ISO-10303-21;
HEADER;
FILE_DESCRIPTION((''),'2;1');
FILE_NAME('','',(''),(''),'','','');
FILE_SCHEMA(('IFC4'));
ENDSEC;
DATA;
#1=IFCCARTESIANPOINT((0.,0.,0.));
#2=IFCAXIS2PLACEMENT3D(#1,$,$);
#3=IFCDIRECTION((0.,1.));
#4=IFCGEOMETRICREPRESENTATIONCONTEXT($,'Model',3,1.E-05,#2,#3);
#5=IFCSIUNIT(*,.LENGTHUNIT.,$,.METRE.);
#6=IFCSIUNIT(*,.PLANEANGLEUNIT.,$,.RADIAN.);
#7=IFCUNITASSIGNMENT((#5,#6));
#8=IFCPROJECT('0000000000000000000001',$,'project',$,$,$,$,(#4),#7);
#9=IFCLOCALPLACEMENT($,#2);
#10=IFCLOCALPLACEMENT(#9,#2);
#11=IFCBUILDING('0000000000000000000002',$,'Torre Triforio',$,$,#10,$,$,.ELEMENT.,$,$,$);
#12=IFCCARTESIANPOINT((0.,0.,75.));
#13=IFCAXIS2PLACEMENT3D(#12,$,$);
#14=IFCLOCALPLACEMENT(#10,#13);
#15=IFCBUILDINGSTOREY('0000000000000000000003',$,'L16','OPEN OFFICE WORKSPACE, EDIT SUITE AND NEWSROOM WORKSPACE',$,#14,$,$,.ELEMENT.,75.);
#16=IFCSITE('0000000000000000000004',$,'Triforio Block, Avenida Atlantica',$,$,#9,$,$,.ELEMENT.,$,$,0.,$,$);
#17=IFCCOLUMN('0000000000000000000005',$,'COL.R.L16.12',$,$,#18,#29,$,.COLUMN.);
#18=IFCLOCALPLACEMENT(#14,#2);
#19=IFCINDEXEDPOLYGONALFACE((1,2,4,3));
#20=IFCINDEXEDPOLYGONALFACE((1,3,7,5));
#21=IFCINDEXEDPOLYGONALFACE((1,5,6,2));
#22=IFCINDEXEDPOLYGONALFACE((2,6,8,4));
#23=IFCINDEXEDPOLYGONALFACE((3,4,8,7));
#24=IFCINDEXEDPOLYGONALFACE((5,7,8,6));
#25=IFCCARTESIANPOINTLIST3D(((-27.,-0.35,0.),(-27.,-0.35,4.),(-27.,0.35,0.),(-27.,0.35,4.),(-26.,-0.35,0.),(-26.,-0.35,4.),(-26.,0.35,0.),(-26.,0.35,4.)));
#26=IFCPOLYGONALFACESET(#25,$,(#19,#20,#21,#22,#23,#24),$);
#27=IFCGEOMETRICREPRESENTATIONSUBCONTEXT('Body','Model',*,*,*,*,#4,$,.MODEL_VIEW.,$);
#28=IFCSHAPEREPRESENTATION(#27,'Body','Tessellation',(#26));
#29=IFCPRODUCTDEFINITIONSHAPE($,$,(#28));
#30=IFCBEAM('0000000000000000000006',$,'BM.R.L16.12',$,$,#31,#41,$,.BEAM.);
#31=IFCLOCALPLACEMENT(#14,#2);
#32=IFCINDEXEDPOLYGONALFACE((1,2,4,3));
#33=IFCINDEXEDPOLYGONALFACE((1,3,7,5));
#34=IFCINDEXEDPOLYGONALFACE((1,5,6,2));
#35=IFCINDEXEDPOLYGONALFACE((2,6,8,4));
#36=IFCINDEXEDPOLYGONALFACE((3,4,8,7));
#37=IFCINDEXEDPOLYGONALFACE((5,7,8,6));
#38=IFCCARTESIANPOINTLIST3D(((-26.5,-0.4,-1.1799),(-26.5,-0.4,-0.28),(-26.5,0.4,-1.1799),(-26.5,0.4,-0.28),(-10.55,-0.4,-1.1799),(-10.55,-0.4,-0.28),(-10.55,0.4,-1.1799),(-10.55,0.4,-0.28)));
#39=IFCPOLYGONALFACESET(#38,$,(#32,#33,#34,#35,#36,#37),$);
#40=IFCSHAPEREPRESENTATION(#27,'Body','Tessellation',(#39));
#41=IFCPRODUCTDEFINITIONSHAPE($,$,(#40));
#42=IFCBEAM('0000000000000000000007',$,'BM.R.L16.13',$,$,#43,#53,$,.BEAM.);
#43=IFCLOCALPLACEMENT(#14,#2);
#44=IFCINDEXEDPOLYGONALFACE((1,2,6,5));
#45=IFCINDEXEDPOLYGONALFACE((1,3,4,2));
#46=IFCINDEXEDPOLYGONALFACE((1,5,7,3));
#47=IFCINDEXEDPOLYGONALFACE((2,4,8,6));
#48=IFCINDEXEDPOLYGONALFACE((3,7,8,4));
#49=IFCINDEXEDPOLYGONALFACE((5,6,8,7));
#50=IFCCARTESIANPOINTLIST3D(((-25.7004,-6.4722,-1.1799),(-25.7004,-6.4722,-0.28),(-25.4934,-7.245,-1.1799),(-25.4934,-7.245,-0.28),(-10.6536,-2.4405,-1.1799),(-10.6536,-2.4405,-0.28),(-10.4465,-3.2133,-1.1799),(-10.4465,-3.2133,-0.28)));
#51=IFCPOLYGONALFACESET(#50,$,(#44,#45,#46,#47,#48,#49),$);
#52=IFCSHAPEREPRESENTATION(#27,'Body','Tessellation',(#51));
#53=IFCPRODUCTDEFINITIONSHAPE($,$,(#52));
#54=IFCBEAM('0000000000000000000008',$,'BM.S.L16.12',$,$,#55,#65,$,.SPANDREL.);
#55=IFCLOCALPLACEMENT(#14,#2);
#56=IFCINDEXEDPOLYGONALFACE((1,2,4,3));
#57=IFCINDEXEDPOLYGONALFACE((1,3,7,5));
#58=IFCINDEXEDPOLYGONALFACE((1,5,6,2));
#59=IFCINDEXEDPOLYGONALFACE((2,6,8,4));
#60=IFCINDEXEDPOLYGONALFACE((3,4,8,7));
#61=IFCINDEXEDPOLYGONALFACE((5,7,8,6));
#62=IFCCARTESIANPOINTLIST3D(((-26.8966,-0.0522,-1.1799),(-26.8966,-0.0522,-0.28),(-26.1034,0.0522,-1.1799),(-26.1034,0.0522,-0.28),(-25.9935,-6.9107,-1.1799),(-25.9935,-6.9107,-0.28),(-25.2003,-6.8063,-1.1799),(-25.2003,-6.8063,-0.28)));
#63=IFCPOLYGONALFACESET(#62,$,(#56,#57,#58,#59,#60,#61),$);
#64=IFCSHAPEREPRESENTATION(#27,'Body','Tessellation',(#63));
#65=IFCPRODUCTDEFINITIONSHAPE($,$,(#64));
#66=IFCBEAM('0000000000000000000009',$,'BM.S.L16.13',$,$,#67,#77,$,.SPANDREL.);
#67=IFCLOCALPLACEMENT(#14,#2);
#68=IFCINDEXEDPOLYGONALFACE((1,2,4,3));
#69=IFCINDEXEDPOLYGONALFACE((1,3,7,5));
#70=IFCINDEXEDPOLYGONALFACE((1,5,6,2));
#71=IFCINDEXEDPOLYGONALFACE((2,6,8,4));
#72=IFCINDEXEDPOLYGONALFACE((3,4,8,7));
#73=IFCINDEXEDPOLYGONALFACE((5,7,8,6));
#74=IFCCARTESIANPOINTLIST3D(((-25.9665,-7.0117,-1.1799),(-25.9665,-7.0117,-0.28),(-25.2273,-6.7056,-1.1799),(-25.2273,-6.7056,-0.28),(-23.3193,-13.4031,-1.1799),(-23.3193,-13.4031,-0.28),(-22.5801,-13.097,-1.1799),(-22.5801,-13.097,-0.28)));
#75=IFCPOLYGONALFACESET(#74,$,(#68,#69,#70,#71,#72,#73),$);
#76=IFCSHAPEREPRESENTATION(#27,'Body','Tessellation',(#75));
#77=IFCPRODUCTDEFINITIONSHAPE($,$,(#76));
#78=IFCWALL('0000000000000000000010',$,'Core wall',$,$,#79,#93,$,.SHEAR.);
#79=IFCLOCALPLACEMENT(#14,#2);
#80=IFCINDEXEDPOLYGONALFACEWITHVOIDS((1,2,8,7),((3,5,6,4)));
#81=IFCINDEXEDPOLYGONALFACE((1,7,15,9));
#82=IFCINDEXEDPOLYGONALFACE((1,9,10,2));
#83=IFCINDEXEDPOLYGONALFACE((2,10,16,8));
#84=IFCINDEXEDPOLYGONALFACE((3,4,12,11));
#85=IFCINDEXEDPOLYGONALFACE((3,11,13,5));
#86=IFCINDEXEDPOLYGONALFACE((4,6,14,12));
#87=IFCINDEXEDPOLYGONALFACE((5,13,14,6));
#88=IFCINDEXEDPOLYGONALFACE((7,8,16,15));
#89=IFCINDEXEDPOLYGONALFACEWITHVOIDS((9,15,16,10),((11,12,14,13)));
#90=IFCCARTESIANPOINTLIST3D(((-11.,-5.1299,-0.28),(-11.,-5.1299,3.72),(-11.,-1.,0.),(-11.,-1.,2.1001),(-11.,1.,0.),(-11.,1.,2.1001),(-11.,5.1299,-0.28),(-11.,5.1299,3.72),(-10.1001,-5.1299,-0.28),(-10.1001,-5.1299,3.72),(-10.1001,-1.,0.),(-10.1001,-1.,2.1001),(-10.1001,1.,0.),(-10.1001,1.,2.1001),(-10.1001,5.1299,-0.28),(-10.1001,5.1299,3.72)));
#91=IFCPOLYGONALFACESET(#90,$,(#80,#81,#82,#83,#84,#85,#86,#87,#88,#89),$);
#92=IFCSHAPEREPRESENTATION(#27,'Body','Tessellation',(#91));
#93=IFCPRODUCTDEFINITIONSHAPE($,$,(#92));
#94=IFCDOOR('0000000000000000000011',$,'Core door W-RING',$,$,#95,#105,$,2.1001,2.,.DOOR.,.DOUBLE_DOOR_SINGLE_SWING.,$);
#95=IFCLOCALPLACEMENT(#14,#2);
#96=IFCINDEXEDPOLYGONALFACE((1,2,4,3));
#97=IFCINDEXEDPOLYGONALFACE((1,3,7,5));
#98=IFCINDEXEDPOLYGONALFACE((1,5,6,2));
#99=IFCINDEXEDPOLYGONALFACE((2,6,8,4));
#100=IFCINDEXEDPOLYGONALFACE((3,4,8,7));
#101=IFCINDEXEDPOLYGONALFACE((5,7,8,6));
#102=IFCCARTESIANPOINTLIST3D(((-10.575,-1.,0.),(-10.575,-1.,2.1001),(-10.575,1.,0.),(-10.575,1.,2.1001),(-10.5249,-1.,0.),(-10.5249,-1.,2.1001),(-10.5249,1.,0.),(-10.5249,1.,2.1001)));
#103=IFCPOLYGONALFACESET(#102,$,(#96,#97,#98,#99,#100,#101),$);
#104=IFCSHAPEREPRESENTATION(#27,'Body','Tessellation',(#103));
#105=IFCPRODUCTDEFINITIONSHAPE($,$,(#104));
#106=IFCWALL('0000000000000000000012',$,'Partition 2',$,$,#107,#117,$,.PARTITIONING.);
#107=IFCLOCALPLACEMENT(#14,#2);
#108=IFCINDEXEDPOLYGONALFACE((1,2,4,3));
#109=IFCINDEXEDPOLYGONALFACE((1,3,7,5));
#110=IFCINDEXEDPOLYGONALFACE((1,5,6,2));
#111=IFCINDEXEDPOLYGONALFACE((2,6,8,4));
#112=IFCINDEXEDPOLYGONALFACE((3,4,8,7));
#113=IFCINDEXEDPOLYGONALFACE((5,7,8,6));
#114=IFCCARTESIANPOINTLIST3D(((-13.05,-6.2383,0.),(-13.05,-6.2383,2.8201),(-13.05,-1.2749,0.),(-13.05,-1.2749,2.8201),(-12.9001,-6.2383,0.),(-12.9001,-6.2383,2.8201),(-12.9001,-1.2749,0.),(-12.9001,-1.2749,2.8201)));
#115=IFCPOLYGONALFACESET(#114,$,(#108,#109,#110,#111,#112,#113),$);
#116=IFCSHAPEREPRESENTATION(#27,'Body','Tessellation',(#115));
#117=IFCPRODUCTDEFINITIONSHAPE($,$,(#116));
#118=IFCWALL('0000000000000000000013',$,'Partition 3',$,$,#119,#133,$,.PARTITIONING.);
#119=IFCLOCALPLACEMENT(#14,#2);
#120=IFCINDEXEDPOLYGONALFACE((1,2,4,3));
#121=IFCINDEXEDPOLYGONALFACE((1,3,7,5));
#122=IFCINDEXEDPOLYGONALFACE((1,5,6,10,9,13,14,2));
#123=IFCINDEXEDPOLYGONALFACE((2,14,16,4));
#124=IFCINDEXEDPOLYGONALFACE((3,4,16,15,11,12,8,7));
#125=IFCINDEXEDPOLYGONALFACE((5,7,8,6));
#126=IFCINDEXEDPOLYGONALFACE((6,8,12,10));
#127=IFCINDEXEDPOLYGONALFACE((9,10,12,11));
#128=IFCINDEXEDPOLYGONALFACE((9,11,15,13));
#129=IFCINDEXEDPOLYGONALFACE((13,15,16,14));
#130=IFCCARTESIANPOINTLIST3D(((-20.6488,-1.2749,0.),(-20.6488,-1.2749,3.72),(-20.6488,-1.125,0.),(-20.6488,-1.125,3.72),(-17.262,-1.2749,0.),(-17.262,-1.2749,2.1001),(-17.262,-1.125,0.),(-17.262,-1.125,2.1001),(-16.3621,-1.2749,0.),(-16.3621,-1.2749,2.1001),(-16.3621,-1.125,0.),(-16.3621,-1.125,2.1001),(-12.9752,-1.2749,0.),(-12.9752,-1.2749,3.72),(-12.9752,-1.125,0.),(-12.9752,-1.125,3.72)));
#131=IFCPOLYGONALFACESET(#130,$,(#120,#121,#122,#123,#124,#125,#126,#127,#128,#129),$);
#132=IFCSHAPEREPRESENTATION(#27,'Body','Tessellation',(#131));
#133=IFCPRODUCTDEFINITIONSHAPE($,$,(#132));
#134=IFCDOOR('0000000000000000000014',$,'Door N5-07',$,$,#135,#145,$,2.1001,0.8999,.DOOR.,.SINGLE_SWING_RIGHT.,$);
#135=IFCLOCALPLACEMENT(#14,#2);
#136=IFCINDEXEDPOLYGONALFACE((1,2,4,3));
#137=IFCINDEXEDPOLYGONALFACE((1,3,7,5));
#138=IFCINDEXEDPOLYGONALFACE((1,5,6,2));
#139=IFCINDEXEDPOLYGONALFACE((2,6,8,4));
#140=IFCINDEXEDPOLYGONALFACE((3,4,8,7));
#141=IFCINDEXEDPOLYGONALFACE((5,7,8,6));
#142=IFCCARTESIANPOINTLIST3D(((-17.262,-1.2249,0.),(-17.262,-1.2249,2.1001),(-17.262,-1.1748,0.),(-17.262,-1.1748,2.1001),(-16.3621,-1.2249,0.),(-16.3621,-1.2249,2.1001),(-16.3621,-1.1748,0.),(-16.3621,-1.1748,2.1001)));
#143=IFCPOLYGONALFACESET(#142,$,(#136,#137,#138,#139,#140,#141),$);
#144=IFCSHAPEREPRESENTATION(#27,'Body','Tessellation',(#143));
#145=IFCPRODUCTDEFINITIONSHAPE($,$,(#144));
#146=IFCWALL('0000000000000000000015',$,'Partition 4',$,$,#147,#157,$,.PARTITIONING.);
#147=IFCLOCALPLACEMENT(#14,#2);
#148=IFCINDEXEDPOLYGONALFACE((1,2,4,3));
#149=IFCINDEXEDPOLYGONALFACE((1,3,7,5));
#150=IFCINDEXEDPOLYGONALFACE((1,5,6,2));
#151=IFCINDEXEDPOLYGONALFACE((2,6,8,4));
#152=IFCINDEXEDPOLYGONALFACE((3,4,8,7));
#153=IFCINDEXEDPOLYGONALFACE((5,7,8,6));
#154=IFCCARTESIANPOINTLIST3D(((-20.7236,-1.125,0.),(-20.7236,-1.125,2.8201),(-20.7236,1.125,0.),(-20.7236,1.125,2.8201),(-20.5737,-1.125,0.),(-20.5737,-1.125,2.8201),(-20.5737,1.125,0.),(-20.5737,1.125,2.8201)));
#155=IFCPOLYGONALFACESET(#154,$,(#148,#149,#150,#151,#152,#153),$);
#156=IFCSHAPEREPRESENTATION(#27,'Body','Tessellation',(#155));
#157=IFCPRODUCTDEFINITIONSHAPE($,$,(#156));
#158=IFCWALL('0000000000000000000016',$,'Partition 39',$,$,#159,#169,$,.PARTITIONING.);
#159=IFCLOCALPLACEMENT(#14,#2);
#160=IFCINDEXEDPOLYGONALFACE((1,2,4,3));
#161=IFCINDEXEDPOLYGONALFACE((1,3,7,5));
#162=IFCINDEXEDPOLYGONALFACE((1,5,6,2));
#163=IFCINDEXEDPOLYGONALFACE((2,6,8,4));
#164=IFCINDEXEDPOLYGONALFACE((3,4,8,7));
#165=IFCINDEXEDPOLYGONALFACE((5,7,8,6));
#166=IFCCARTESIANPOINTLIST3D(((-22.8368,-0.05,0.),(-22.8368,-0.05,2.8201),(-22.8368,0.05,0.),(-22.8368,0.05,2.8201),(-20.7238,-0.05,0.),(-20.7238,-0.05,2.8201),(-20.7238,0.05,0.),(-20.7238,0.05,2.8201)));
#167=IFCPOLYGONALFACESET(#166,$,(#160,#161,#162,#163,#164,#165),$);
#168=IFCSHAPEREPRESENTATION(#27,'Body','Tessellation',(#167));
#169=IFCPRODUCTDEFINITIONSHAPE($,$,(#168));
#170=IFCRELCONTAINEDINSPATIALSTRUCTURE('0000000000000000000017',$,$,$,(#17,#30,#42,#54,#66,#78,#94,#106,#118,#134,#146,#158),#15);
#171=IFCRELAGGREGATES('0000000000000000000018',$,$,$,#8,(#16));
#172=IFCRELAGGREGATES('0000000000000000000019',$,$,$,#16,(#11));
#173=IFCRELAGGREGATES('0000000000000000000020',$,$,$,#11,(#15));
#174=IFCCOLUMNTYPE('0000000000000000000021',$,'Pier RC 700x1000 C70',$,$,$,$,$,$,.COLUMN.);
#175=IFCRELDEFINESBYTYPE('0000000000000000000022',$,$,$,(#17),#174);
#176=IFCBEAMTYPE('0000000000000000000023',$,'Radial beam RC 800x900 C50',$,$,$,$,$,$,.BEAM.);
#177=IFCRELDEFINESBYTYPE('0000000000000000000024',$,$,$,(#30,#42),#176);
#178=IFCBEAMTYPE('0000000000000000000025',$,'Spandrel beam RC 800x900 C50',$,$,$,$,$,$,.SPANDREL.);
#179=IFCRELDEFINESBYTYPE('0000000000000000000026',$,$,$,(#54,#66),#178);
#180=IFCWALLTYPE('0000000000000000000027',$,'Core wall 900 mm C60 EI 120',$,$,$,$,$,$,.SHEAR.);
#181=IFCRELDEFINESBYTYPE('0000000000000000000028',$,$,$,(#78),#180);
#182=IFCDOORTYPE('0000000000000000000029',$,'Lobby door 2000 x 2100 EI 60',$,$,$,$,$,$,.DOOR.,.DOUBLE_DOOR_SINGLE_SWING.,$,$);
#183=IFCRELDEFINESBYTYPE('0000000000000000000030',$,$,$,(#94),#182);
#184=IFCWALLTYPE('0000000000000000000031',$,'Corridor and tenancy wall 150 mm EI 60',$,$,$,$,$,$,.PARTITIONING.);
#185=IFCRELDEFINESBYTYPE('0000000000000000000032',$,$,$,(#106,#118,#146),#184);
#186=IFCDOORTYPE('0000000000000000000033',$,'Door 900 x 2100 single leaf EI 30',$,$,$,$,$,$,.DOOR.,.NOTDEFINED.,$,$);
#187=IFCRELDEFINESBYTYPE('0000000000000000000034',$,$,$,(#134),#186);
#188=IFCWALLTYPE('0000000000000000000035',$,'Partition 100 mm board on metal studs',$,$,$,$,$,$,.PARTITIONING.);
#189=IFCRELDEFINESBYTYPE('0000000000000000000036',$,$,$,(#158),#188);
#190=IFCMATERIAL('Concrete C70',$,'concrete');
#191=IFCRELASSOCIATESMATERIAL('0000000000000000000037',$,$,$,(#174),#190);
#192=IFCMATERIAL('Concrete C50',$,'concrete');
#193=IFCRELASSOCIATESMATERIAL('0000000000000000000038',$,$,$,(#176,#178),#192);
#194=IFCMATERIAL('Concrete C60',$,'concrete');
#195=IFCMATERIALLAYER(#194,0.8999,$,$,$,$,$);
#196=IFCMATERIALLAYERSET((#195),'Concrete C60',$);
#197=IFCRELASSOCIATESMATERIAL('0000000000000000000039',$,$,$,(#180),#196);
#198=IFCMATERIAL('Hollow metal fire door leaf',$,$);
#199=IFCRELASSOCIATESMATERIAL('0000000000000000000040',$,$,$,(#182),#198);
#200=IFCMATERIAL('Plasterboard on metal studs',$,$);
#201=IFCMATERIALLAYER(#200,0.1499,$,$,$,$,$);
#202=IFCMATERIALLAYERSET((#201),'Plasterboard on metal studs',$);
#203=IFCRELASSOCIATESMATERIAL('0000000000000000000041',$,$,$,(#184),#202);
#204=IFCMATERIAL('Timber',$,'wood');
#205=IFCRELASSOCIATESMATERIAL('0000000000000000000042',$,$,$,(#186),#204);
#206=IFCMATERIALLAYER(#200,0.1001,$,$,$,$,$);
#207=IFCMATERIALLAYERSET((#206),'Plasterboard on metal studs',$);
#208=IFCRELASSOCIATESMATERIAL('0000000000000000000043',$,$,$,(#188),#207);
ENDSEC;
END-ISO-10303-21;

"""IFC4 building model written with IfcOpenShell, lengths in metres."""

from ifc_helpers import new_model, si_unit, direction, frame, frame_2d, origin, origin_2d, place, context, subcontext, project, spatial, rectangle, extrude, material, layer, layer_set, material_profile, profile_set, type_object, element, fill, save


model = new_model("IFC4")

# Units and contexts
model_context = context("Model", 3, precision=1e-05, world=origin(), true_north=direction((0.0, 1.0)))
body_context = subcontext(model_context, "Body", "Model", "MODEL_VIEW")
ifc_project = project(units=[si_unit("LENGTHUNIT", "METRE"), si_unit("PLANEANGLEUNIT", "RADIAN")], contexts=[model_context])

# Site, building, storey
site_placement = place(None, origin())
site = spatial("IfcSite", under=ifc_project, at=site_placement, Name="Triforio Block, Avenida Atlantica", CompositionType="ELEMENT", RefElevation=0.0)
building_placement = place(site_placement, origin())
building = spatial("IfcBuilding", under=site, at=building_placement, Name="Torre Triforio", CompositionType="ELEMENT")
storey_placement = place(building_placement, frame((0.0, 0.0, 75.0)))
storey = spatial("IfcBuildingStorey", under=building, at=storey_placement, Name="L16", Description="OPEN OFFICE WORKSPACE, EDIT SUITE AND NEWSROOM WORKSPACE", CompositionType="ELEMENT", Elevation=75.0)

# Column
ifc_material_1 = material(Name="Concrete C70", Category="concrete")
ifc_material_profile_1 = material_profile(ifc_material_1, rectangle(XDim=0.7, YDim=1.0, at=origin_2d()), Name="RC 700x1000")
ifc_profile_set_1 = profile_set([ifc_material_profile_1], Name="Concrete C70")
column_type = type_object("IfcColumnType", Name="Pier RC 700x1000 C70", PredefinedType="COLUMN", material=ifc_profile_set_1)
column_placement = place(storey_placement, frame((-26.5, 0.0, 0.0), z_axis=(0.0, 0.0, 1.0), x_axis=(0.0, -1.0, 0.0)))
element("IfcColumn", 1, at=column_placement, inside=storey, type_object=column_type, Name="COL.R.L16.12", PredefinedType="COLUMN", context=body_context, shape_type="SweptSolid", body=[
    extrude(rectangle(XDim=0.7, YDim=1.0, at=origin_2d()), origin(), (0.0, 0.0, 1.0), 4.0),
])

# Beams
ifc_material_2 = material(Name="Concrete C50", Category="concrete")
ifc_material_profile_2 = material_profile(ifc_material_2, rectangle(XDim=0.8, YDim=0.8999, at=origin_2d()), Name="RC 800x900")
ifc_profile_set_2 = profile_set([ifc_material_profile_2], Name="Concrete C50")
beam_type_1 = type_object("IfcBeamType", Name="Radial beam RC 800x900 C50", PredefinedType="BEAM", material=ifc_profile_set_2)
beam_1_placement = place(storey_placement, frame((-10.55, 0.0, -0.73), z_axis=(-1.0, 0.0, 0.0), x_axis=(0.0, -1.0, 0.0)))
element("IfcBeam", 2, at=beam_1_placement, inside=storey, type_object=beam_type_1, Name="BM.R.L16.12", PredefinedType="BEAM", context=body_context, shape_type="SweptSolid", body=[
    extrude(rectangle(XDim=0.8, YDim=0.8999, at=origin_2d()), origin(), (0.0, 0.0, 1.0), 15.95),
])
beam_2_placement = place(storey_placement, frame((-10.55, -2.8269, -0.73), z_axis=(-0.965927, -0.258815, 0.0), x_axis=(0.258815, -0.965927, 0.0)))
element("IfcBeam", 3, at=beam_2_placement, inside=storey, type_object=beam_type_1, Name="BM.R.L16.13", PredefinedType="BEAM", context=body_context, shape_type="SweptSolid", body=[
    extrude(rectangle(XDim=0.8, YDim=0.8999, at=origin_2d()), origin(), (0.0, 0.0, 1.0), 15.5776),
])
ifc_material_profile_3 = material_profile(ifc_material_2, rectangle(XDim=0.8, YDim=0.8999, at=origin_2d()), Name="RC 800x900")
ifc_profile_set_3 = profile_set([ifc_material_profile_3], Name="Concrete C50")
beam_type_2 = type_object("IfcBeamType", Name="Spandrel beam RC 800x900 C50", PredefinedType="SPANDREL", material=ifc_profile_set_3)
beam_3_placement = place(storey_placement, frame((-26.5, 0.0, -0.73), z_axis=(0.130543, -0.991443, 0.0), x_axis=(0.991443, 0.130543, 0.0)))
element("IfcBeam", 4, at=beam_3_placement, inside=storey, type_object=beam_type_2, Name="BM.S.L16.12", PredefinedType="SPANDREL", context=body_context, shape_type="SweptSolid", body=[
    extrude(rectangle(XDim=0.8, YDim=0.8999, at=origin_2d()), origin(), (0.0, 0.0, 1.0), 6.9177),
])
beam_4_placement = place(storey_placement, frame((-25.5969, -6.8586, -0.73), z_axis=(0.382662, -0.923888, 0.0), x_axis=(0.923888, 0.382662, 0.0)))
element("IfcBeam", 5, at=beam_4_placement, inside=storey, type_object=beam_type_2, Name="BM.S.L16.13", PredefinedType="SPANDREL", context=body_context, shape_type="SweptSolid", body=[
    extrude(rectangle(XDim=0.8, YDim=0.8999, at=origin_2d()), origin(), (0.0, 0.0, 1.0), 6.918),
])

# Wall, opening, door
ifc_material_3 = material(Name="Concrete C60", Category="concrete")
ifc_layer_1 = layer(ifc_material_3, 0.8999)
ifc_layer_set_1 = layer_set([ifc_layer_1], Name="Concrete C60")
wall_type_1 = type_object("IfcWallType", Name="Core wall 900 mm C60 EI 120", PredefinedType="SHEAR", material=ifc_layer_set_1)
wall_1_placement = place(storey_placement, frame((-10.55, -5.1299, -0.28), z_axis=(0.0, 0.0, 1.0), x_axis=(0.0, 1.0, 0.0)))
wall_1 = element("IfcWall", 6, at=wall_1_placement, inside=storey, type_object=wall_type_1, Name="Core wall", PredefinedType="SHEAR", context=body_context, shape_type="SweptSolid", body=[
    extrude(rectangle(XDim=10.2598, YDim=0.8999, at=frame_2d((5.1299, 0.0))), origin(), (0.0, 0.0, 1.0), 4.0),
])
opening_1_placement = place(wall_1_placement, frame((4.1299, 0.0, 0.28)))
opening_1 = element("IfcOpeningElement", 7, at=opening_1_placement, cuts=wall_1, PredefinedType="OPENING", context=body_context, shape_type="SweptSolid", body=[
    extrude(rectangle(XDim=2.0, YDim=2.1001, at=frame_2d((1.0, 1.05))), frame((0.0, 0.46, 0.0), z_axis=(0.0, -1.0, 0.0), x_axis=(1.0, 0.0, 0.0)), (0.0, 0.0, 1.0), 0.9199),
])
ifc_material_4 = material(Name="Hollow metal fire door leaf")
door_type_1 = type_object("IfcDoorType", Name="Lobby door 2000 x 2100 EI 60", OperationType="DOUBLE_DOOR_SINGLE_SWING", PredefinedType="DOOR", material=ifc_material_4)
door_1_placement = place(opening_1_placement, origin())
door_1 = element("IfcDoor", 8, at=door_1_placement, inside=storey, type_object=door_type_1, Name="Core door W-RING", OperationType="DOUBLE_DOOR_SINGLE_SWING", OverallHeight=2.1001, OverallWidth=2.0, PredefinedType="DOOR", context=body_context, shape_type="SweptSolid", body=[
    extrude(rectangle(XDim=2.0, YDim=2.1001, at=frame_2d((1.0, 1.05))), frame((0.0, 0.0249, 0.0), z_axis=(0.0, -1.0, 0.0), x_axis=(1.0, 0.0, 0.0)), (0.0, 0.0, 1.0), 0.05),
])
fill(opening_1, door_1)

# Wall
ifc_material_5 = material(Name="Plasterboard on metal studs")
ifc_layer_2 = layer(ifc_material_5, 0.1499)
ifc_layer_set_2 = layer_set([ifc_layer_2], Name="Plasterboard on metal studs")
wall_type_2 = type_object("IfcWallType", Name="Corridor and tenancy wall 150 mm EI 60", PredefinedType="PARTITIONING", material=ifc_layer_set_2)
wall_2_placement = place(storey_placement, frame((-12.9751, -6.2383, 0.0), z_axis=(0.0, 0.0, 1.0), x_axis=(0.0, 1.0, 0.0)))
element("IfcWall", 9, at=wall_2_placement, inside=storey, type_object=wall_type_2, Name="Partition 2", PredefinedType="PARTITIONING", context=body_context, shape_type="SweptSolid", body=[
    extrude(rectangle(XDim=4.9634, YDim=0.1499, at=frame_2d((2.4817, 0.0))), origin(), (0.0, 0.0, 1.0), 2.8201),
])

# Wall, opening, door
wall_3_placement = place(storey_placement, frame((-12.9751, -1.2, 0.0), z_axis=(0.0, 0.0, 1.0), x_axis=(-1.0, 0.0, 0.0)))
wall_3 = element("IfcWall", 10, at=wall_3_placement, inside=storey, type_object=wall_type_2, Name="Partition 3", PredefinedType="PARTITIONING", context=body_context, shape_type="SweptSolid", body=[
    extrude(rectangle(XDim=7.6736, YDim=0.1499, at=frame_2d((3.8369, 0.0))), origin(), (0.0, 0.0, 1.0), 3.72),
])
opening_2_placement = place(wall_3_placement, frame((3.387, 0.0, 0.0)))
opening_2 = element("IfcOpeningElement", 11, at=opening_2_placement, cuts=wall_3, PredefinedType="OPENING", context=body_context, shape_type="SweptSolid", body=[
    extrude(rectangle(XDim=0.8999, YDim=2.1001, at=frame_2d((0.45, 1.05))), frame((0.0, 0.085, 0.0), z_axis=(0.0, -1.0, 0.0), x_axis=(1.0, 0.0, 0.0)), (0.0, 0.0, 1.0), 0.1699),
])
ifc_material_6 = material(Name="Timber", Category="wood")
door_type_2 = type_object("IfcDoorType", Name="Door 900 x 2100 single leaf EI 30", OperationType="NOTDEFINED", PredefinedType="DOOR", material=ifc_material_6)
door_2_placement = place(opening_2_placement, origin())
door_2 = element("IfcDoor", 12, at=door_2_placement, inside=storey, type_object=door_type_2, Name="Door N5-07", OperationType="SINGLE_SWING_RIGHT", OverallHeight=2.1001, OverallWidth=0.8999, PredefinedType="DOOR", context=body_context, shape_type="SweptSolid", body=[
    extrude(rectangle(XDim=0.8999, YDim=2.1001, at=frame_2d((0.45, 1.05))), frame((0.0, 0.0249, 0.0), z_axis=(0.0, -1.0, 0.0), x_axis=(1.0, 0.0, 0.0)), (0.0, 0.0, 1.0), 0.05),
])
fill(opening_2, door_2)

# Walls
wall_4_placement = place(storey_placement, frame((-20.6487, -1.125, 0.0), z_axis=(0.0, 0.0, 1.0), x_axis=(0.0, 1.0, 0.0)))
element("IfcWall", 13, at=wall_4_placement, inside=storey, type_object=wall_type_2, Name="Partition 4", PredefinedType="PARTITIONING", context=body_context, shape_type="SweptSolid", body=[
    extrude(rectangle(XDim=2.25, YDim=0.1499, at=frame_2d((1.125, 0.0))), origin(), (0.0, 0.0, 1.0), 2.8201),
])
ifc_layer_3 = layer(ifc_material_5, 0.1001)
ifc_layer_set_3 = layer_set([ifc_layer_3], Name="Plasterboard on metal studs")
wall_type_3 = type_object("IfcWallType", Name="Partition 100 mm board on metal studs", PredefinedType="PARTITIONING", material=ifc_layer_set_3)
wall_5_placement = place(storey_placement, frame((-20.7236, 0.0, 0.0), z_axis=(0.0, 0.0, 1.0), x_axis=(-1.0, 0.0, 0.0)))
element("IfcWall", 14, at=wall_5_placement, inside=storey, type_object=wall_type_3, Name="Partition 39", PredefinedType="PARTITIONING", context=body_context, shape_type="SweptSolid", body=[
    extrude(rectangle(XDim=2.113, YDim=0.1001, at=frame_2d((1.0566, 0.0))), origin(), (0.0, 0.0, 1.0), 2.8201),
])

save(model, "model.ifc")
